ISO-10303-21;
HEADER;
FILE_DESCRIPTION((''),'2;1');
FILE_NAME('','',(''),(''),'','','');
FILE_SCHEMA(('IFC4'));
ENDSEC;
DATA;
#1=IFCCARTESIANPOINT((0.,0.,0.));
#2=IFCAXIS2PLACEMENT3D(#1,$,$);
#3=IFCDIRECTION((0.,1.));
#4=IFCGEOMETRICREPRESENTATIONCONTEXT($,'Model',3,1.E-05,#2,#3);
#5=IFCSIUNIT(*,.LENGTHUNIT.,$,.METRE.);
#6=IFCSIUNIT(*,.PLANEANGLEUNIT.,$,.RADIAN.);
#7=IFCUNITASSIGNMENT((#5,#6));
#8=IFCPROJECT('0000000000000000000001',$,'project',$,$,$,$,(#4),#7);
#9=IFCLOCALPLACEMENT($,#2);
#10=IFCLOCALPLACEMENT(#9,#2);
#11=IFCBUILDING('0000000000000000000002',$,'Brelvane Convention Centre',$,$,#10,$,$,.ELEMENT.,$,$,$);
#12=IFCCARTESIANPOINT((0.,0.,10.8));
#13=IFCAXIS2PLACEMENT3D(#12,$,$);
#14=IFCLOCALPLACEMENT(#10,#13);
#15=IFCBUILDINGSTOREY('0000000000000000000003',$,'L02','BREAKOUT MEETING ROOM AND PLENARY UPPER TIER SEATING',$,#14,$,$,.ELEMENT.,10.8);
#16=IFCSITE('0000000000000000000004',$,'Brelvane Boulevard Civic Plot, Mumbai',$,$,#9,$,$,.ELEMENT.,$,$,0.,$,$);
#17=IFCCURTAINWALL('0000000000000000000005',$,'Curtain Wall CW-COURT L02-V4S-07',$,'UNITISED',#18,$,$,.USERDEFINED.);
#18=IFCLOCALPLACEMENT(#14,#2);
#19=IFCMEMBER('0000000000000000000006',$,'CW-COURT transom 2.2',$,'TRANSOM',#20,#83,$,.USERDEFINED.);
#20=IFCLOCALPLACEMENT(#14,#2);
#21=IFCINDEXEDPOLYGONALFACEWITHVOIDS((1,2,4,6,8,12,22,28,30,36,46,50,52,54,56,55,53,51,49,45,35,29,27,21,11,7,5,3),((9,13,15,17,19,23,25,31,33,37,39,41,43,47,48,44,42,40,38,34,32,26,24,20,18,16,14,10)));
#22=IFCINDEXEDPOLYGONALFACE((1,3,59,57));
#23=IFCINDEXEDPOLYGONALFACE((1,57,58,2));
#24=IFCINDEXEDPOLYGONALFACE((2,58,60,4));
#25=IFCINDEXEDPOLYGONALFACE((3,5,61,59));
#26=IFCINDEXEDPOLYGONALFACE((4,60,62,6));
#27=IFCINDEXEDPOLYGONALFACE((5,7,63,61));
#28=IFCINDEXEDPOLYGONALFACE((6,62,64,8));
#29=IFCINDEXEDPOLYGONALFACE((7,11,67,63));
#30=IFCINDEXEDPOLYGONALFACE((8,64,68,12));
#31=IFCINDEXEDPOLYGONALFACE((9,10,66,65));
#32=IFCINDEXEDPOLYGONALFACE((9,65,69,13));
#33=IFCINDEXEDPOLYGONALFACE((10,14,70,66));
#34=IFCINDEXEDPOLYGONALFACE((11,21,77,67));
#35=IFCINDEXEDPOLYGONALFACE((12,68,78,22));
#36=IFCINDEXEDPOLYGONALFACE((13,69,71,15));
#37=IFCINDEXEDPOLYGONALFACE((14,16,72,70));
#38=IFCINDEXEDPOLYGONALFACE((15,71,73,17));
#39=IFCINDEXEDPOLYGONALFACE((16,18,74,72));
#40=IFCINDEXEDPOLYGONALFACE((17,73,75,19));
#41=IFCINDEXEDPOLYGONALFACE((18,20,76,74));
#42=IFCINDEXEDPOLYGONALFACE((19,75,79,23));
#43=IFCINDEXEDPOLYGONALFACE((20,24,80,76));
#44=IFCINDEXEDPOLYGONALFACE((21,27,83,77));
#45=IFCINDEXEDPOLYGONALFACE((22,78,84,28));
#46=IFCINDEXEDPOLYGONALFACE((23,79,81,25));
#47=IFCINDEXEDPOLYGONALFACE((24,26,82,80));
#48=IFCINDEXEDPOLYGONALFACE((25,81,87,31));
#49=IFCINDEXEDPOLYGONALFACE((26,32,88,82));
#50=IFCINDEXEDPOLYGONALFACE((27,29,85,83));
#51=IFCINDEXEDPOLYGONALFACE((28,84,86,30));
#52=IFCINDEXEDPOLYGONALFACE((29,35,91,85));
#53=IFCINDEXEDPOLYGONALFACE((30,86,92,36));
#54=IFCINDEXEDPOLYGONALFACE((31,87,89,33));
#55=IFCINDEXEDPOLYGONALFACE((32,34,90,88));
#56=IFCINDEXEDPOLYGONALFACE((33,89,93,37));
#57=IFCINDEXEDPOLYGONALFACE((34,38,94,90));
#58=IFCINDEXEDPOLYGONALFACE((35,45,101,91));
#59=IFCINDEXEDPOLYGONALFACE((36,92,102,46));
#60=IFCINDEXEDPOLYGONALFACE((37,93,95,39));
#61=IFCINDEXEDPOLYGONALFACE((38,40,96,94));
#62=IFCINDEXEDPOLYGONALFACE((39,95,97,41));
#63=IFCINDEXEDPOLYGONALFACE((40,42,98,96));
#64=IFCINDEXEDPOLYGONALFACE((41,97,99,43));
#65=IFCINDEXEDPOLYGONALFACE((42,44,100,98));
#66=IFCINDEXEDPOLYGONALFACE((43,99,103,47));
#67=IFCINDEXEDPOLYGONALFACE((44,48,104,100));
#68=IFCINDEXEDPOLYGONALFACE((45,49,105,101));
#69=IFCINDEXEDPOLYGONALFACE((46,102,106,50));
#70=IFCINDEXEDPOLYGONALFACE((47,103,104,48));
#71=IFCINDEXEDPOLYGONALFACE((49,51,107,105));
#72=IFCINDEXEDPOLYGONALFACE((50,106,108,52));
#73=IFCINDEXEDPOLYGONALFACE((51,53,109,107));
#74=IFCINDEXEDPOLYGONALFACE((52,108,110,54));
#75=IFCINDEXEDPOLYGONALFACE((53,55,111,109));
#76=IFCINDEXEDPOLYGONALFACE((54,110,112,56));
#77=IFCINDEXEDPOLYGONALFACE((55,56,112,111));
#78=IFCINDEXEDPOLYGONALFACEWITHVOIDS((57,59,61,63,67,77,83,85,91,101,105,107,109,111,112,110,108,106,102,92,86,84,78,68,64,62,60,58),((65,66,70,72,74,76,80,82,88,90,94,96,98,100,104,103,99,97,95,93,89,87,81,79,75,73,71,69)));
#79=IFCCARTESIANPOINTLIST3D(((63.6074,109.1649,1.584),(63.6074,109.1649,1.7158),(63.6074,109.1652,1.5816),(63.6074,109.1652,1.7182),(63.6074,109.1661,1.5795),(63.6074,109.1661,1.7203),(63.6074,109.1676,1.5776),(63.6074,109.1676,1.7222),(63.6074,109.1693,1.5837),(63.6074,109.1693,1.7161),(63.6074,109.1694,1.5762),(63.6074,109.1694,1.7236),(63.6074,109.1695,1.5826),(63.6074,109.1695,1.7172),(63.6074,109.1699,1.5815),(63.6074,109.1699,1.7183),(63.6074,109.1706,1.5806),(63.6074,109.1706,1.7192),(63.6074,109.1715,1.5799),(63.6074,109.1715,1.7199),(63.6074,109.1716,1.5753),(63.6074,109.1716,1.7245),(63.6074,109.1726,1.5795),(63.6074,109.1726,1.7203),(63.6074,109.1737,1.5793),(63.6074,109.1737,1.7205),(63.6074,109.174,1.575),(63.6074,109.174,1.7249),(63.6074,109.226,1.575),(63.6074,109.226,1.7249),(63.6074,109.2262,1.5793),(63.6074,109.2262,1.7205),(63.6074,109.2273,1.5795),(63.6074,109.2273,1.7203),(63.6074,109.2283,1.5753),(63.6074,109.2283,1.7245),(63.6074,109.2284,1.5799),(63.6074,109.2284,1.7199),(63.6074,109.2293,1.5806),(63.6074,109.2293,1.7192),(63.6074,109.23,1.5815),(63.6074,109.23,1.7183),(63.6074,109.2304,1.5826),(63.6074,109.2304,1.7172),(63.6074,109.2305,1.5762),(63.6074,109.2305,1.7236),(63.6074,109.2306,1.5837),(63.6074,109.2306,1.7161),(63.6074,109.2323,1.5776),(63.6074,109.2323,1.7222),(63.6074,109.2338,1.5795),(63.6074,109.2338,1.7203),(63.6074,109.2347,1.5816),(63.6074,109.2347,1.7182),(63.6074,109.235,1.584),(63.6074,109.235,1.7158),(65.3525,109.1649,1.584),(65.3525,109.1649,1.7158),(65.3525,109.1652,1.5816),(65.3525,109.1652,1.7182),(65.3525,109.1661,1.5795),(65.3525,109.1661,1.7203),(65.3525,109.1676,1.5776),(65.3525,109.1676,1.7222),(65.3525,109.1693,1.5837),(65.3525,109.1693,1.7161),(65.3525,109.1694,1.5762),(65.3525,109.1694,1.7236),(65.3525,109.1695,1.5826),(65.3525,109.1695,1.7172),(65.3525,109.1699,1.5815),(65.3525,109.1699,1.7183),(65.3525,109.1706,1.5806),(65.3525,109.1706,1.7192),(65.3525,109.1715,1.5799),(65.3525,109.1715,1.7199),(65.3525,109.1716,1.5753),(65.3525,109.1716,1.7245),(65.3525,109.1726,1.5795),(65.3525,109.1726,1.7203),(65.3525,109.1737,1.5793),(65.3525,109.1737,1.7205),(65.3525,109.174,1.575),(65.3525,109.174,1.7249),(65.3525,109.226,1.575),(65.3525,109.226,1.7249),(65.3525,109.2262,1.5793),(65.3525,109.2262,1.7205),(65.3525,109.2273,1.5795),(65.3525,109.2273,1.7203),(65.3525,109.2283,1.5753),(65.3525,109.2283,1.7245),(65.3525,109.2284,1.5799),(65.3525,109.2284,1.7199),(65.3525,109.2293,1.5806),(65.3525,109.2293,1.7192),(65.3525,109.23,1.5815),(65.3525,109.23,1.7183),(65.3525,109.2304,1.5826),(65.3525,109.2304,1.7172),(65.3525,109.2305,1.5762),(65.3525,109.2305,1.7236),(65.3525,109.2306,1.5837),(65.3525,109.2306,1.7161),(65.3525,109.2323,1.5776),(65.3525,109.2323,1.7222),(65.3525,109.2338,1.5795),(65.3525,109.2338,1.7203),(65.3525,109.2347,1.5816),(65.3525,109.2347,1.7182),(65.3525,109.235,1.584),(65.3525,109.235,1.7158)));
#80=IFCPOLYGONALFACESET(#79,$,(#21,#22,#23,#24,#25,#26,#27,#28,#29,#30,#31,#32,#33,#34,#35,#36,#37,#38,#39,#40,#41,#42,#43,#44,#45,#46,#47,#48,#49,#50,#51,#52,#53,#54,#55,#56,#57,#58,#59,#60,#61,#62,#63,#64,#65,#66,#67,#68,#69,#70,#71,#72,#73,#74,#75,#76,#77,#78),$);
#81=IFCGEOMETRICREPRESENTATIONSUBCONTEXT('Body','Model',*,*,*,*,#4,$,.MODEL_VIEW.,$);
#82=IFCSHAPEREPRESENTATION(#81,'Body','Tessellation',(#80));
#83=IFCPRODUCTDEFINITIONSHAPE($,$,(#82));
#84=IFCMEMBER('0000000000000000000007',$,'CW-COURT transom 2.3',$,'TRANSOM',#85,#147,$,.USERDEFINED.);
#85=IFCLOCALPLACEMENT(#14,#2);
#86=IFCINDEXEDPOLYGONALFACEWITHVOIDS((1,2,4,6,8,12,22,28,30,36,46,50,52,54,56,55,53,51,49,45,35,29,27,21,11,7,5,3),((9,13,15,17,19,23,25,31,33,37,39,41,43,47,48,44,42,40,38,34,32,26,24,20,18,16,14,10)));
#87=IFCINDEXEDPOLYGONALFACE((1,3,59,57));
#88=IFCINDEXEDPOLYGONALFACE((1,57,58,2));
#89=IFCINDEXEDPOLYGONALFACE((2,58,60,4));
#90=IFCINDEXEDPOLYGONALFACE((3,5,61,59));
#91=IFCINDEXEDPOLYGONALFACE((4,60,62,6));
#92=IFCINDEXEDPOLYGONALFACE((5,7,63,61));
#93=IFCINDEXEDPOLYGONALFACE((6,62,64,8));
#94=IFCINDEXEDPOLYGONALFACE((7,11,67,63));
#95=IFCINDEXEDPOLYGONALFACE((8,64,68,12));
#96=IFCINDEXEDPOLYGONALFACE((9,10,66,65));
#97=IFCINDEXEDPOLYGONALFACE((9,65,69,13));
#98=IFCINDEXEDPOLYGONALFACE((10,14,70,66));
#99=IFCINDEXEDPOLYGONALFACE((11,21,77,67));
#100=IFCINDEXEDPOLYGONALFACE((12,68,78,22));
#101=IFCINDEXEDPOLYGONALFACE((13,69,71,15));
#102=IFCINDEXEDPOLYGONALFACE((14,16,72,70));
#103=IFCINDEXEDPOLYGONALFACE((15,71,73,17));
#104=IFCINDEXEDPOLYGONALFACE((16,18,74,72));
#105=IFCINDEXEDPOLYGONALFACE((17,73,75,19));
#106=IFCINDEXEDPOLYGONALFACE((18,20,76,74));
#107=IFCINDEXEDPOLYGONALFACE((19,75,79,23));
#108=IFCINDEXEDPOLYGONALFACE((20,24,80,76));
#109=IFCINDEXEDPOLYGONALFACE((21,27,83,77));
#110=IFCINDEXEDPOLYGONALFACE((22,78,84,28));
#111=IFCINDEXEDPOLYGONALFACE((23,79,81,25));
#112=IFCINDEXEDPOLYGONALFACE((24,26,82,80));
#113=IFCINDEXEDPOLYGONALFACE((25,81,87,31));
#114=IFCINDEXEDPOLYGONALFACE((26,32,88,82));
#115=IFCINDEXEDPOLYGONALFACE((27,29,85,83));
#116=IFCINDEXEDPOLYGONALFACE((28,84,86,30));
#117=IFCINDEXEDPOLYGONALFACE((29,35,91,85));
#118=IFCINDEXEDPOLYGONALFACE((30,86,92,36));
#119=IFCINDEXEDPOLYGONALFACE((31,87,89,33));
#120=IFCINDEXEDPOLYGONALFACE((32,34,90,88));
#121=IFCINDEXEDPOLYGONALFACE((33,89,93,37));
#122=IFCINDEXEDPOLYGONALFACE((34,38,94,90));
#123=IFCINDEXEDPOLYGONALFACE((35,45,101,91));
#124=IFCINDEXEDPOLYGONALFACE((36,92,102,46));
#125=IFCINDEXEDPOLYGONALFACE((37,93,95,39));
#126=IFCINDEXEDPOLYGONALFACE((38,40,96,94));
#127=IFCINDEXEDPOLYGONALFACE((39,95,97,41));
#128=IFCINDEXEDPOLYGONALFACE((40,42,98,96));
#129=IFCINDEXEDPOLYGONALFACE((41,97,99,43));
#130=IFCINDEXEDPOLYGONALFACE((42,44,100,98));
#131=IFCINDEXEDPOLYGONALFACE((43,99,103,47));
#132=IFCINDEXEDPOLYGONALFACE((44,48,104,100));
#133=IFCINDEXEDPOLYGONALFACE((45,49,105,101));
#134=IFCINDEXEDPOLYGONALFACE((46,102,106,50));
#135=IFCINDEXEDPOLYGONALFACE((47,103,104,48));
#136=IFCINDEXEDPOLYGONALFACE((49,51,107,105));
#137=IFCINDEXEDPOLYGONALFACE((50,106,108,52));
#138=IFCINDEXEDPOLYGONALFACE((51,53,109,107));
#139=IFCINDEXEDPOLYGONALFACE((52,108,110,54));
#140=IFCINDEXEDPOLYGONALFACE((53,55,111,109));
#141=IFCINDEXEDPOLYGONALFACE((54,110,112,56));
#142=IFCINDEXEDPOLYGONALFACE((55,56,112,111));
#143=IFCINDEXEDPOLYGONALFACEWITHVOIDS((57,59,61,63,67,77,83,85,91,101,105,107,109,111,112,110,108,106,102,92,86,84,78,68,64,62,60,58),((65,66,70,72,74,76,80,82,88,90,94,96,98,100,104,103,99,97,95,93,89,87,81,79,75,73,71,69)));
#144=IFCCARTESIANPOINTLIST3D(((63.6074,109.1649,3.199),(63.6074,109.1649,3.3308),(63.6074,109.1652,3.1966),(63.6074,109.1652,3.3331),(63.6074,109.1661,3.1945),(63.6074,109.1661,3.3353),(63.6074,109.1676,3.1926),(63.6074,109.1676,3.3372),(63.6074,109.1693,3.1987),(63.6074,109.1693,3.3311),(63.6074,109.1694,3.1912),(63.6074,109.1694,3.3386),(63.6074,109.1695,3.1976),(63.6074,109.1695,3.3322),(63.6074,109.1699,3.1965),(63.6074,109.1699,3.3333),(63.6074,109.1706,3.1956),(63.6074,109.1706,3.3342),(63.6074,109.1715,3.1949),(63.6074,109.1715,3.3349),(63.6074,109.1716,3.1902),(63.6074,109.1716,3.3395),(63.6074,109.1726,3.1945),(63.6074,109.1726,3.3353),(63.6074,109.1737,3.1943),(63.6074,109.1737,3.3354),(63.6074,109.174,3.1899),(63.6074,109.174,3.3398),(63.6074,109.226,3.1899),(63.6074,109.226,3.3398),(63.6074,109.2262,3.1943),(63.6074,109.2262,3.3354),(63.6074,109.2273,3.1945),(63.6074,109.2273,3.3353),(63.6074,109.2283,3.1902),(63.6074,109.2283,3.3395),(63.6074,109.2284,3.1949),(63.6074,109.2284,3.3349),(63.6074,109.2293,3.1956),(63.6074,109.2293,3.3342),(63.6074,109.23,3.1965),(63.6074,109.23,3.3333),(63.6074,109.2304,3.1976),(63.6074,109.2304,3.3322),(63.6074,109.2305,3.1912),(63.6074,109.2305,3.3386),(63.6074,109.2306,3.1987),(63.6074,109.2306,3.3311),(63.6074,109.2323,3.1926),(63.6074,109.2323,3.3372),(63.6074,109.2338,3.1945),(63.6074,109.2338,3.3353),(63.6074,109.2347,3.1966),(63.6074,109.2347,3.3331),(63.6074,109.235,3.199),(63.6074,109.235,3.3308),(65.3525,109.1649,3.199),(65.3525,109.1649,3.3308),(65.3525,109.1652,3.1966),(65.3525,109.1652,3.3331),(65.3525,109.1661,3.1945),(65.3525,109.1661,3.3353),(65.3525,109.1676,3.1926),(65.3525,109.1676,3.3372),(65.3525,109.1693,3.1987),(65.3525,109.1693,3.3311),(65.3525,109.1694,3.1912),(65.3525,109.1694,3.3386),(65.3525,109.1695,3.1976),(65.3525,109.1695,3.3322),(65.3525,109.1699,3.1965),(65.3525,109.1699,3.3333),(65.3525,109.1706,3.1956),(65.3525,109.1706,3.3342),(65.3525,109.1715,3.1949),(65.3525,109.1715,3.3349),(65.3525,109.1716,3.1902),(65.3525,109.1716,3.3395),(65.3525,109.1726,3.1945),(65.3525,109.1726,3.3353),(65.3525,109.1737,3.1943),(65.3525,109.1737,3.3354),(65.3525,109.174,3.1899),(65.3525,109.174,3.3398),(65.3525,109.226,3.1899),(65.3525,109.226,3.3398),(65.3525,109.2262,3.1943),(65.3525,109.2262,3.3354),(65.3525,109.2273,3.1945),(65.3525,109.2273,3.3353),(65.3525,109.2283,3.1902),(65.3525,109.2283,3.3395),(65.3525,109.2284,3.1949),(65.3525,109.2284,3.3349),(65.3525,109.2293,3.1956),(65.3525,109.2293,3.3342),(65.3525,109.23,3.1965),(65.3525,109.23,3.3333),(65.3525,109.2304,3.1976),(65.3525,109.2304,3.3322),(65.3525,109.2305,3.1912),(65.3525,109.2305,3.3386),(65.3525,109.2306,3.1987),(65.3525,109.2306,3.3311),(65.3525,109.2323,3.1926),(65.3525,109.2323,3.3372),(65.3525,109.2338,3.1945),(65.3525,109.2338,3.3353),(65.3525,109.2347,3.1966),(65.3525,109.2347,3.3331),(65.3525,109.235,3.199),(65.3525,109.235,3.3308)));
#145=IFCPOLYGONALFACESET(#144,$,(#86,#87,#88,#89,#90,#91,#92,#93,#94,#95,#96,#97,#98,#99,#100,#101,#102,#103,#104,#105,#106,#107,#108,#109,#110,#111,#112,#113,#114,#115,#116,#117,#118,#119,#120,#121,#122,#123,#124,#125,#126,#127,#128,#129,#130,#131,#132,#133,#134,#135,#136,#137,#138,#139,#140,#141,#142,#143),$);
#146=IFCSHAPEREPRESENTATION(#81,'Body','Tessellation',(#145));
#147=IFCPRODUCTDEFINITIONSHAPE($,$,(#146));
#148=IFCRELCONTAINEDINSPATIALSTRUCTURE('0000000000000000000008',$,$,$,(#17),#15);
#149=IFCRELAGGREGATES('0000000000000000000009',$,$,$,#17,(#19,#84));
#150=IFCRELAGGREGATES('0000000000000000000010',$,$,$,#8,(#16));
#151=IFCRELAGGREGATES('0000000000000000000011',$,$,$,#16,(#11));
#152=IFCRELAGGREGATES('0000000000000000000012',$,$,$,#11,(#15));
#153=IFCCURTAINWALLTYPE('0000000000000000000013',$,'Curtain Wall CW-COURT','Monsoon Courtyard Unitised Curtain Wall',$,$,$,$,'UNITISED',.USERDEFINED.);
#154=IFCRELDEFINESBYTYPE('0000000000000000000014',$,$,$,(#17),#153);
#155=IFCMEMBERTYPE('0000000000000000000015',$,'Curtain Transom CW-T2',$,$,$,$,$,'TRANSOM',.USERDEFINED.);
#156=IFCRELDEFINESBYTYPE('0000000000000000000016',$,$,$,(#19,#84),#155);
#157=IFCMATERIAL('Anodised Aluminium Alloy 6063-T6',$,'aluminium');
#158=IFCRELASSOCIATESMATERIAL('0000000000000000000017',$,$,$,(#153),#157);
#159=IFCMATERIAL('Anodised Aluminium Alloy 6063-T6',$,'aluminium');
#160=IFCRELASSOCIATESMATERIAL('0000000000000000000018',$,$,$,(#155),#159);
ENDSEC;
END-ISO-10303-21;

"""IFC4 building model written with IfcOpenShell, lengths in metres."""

from ifc_helpers import new_model, si_unit, direction, frame, origin, origin_2d, place, context, subcontext, project, spatial, hollow_rectangle, extrude, material, material_profile, profile_set, type_object, element, aggregate, save


model = new_model("IFC4")

# Units and contexts
model_context = context("Model", 3, precision=1e-05, world=origin(), true_north=direction((0.0, 1.0)))
body_context = subcontext(model_context, "Body", "Model", "MODEL_VIEW")
ifc_project = project(units=[si_unit("LENGTHUNIT", "METRE"), si_unit("PLANEANGLEUNIT", "RADIAN")], contexts=[model_context])

# Site, building, storey
site_placement = place(None, origin())
site = spatial("IfcSite", under=ifc_project, at=site_placement, Name="Brelvane Boulevard Civic Plot, Mumbai", CompositionType="ELEMENT", RefElevation=0.0)
building_placement = place(site_placement, origin())
building = spatial("IfcBuilding", under=site, at=building_placement, Name="Brelvane Convention Centre", CompositionType="ELEMENT")
storey_placement = place(building_placement, frame((0.0, 0.0, 10.8)))
storey = spatial("IfcBuildingStorey", under=building, at=storey_placement, Name="L02", Description="BREAKOUT MEETING ROOM AND PLENARY UPPER TIER SEATING", CompositionType="ELEMENT", Elevation=10.8)

# Curtain wall, members
ifc_material_1 = material(Name="Anodised Aluminium Alloy 6063-T6", Category="aluminium")
curtain_wall_type = type_object("IfcCurtainWallType", Name="Curtain Wall CW-COURT", Description="Monsoon Courtyard Unitised Curtain Wall", ElementType="UNITISED", PredefinedType="USERDEFINED", material=ifc_material_1)
curtain_wall_placement = place(storey_placement, origin())
curtain_wall = element("IfcCurtainWall", 1, at=curtain_wall_placement, inside=storey, type_object=curtain_wall_type, Name="Curtain Wall CW-COURT L02-V4S-07", ObjectType="UNITISED", PredefinedType="USERDEFINED")
ifc_material_2 = material(Name="Anodised Aluminium Alloy 6063-T6", Category="aluminium")
ifc_material_profile_1 = material_profile(ifc_material_2, hollow_rectangle(XDim=0.0701, YDim=0.1499, WallThickness=0.0044, InnerFilletRadius=0.0044, OuterFilletRadius=0.009, at=origin_2d()), Name="ALU-T 150x70x4.5")
ifc_profile_set_1 = profile_set([ifc_material_profile_1], Name="Anodised Aluminium Alloy 6063-T6")
member_type_1 = type_object("IfcMemberType", Name="Curtain Transom CW-T2", ElementType="TRANSOM", PredefinedType="USERDEFINED", material=ifc_profile_set_1)
member_1_placement = place(storey_placement, frame((63.6074, 109.2, 1.6499), z_axis=(1.0, 0.0, 0.0), x_axis=(0.0, 1.0, 0.0)))
member_1 = element("IfcMember", 2, at=member_1_placement, type_object=member_type_1, Name="CW-COURT transom 2.2", ObjectType="TRANSOM", PredefinedType="USERDEFINED", context=body_context, shape_type="SweptSolid", body=[
    extrude(hollow_rectangle(XDim=0.0701, YDim=0.1499, WallThickness=0.0044, InnerFilletRadius=0.0044, OuterFilletRadius=0.009, at=origin_2d()), origin(), (0.0, 0.0, 1.0), 1.7451),
])
member_2_placement = place(storey_placement, frame((63.6074, 109.2, 3.2649), z_axis=(1.0, 0.0, 0.0), x_axis=(0.0, 1.0, 0.0)))
member_2 = element("IfcMember", 3, at=member_2_placement, type_object=member_type_1, Name="CW-COURT transom 2.3", ObjectType="TRANSOM", PredefinedType="USERDEFINED", context=body_context, shape_type="SweptSolid", body=[
    extrude(hollow_rectangle(XDim=0.0701, YDim=0.1499, WallThickness=0.0044, InnerFilletRadius=0.0044, OuterFilletRadius=0.009, at=origin_2d()), origin(), (0.0, 0.0, 1.0), 1.7451),
])

aggregate(curtain_wall, [member_1, member_2])

save(model, "model.ifc")
